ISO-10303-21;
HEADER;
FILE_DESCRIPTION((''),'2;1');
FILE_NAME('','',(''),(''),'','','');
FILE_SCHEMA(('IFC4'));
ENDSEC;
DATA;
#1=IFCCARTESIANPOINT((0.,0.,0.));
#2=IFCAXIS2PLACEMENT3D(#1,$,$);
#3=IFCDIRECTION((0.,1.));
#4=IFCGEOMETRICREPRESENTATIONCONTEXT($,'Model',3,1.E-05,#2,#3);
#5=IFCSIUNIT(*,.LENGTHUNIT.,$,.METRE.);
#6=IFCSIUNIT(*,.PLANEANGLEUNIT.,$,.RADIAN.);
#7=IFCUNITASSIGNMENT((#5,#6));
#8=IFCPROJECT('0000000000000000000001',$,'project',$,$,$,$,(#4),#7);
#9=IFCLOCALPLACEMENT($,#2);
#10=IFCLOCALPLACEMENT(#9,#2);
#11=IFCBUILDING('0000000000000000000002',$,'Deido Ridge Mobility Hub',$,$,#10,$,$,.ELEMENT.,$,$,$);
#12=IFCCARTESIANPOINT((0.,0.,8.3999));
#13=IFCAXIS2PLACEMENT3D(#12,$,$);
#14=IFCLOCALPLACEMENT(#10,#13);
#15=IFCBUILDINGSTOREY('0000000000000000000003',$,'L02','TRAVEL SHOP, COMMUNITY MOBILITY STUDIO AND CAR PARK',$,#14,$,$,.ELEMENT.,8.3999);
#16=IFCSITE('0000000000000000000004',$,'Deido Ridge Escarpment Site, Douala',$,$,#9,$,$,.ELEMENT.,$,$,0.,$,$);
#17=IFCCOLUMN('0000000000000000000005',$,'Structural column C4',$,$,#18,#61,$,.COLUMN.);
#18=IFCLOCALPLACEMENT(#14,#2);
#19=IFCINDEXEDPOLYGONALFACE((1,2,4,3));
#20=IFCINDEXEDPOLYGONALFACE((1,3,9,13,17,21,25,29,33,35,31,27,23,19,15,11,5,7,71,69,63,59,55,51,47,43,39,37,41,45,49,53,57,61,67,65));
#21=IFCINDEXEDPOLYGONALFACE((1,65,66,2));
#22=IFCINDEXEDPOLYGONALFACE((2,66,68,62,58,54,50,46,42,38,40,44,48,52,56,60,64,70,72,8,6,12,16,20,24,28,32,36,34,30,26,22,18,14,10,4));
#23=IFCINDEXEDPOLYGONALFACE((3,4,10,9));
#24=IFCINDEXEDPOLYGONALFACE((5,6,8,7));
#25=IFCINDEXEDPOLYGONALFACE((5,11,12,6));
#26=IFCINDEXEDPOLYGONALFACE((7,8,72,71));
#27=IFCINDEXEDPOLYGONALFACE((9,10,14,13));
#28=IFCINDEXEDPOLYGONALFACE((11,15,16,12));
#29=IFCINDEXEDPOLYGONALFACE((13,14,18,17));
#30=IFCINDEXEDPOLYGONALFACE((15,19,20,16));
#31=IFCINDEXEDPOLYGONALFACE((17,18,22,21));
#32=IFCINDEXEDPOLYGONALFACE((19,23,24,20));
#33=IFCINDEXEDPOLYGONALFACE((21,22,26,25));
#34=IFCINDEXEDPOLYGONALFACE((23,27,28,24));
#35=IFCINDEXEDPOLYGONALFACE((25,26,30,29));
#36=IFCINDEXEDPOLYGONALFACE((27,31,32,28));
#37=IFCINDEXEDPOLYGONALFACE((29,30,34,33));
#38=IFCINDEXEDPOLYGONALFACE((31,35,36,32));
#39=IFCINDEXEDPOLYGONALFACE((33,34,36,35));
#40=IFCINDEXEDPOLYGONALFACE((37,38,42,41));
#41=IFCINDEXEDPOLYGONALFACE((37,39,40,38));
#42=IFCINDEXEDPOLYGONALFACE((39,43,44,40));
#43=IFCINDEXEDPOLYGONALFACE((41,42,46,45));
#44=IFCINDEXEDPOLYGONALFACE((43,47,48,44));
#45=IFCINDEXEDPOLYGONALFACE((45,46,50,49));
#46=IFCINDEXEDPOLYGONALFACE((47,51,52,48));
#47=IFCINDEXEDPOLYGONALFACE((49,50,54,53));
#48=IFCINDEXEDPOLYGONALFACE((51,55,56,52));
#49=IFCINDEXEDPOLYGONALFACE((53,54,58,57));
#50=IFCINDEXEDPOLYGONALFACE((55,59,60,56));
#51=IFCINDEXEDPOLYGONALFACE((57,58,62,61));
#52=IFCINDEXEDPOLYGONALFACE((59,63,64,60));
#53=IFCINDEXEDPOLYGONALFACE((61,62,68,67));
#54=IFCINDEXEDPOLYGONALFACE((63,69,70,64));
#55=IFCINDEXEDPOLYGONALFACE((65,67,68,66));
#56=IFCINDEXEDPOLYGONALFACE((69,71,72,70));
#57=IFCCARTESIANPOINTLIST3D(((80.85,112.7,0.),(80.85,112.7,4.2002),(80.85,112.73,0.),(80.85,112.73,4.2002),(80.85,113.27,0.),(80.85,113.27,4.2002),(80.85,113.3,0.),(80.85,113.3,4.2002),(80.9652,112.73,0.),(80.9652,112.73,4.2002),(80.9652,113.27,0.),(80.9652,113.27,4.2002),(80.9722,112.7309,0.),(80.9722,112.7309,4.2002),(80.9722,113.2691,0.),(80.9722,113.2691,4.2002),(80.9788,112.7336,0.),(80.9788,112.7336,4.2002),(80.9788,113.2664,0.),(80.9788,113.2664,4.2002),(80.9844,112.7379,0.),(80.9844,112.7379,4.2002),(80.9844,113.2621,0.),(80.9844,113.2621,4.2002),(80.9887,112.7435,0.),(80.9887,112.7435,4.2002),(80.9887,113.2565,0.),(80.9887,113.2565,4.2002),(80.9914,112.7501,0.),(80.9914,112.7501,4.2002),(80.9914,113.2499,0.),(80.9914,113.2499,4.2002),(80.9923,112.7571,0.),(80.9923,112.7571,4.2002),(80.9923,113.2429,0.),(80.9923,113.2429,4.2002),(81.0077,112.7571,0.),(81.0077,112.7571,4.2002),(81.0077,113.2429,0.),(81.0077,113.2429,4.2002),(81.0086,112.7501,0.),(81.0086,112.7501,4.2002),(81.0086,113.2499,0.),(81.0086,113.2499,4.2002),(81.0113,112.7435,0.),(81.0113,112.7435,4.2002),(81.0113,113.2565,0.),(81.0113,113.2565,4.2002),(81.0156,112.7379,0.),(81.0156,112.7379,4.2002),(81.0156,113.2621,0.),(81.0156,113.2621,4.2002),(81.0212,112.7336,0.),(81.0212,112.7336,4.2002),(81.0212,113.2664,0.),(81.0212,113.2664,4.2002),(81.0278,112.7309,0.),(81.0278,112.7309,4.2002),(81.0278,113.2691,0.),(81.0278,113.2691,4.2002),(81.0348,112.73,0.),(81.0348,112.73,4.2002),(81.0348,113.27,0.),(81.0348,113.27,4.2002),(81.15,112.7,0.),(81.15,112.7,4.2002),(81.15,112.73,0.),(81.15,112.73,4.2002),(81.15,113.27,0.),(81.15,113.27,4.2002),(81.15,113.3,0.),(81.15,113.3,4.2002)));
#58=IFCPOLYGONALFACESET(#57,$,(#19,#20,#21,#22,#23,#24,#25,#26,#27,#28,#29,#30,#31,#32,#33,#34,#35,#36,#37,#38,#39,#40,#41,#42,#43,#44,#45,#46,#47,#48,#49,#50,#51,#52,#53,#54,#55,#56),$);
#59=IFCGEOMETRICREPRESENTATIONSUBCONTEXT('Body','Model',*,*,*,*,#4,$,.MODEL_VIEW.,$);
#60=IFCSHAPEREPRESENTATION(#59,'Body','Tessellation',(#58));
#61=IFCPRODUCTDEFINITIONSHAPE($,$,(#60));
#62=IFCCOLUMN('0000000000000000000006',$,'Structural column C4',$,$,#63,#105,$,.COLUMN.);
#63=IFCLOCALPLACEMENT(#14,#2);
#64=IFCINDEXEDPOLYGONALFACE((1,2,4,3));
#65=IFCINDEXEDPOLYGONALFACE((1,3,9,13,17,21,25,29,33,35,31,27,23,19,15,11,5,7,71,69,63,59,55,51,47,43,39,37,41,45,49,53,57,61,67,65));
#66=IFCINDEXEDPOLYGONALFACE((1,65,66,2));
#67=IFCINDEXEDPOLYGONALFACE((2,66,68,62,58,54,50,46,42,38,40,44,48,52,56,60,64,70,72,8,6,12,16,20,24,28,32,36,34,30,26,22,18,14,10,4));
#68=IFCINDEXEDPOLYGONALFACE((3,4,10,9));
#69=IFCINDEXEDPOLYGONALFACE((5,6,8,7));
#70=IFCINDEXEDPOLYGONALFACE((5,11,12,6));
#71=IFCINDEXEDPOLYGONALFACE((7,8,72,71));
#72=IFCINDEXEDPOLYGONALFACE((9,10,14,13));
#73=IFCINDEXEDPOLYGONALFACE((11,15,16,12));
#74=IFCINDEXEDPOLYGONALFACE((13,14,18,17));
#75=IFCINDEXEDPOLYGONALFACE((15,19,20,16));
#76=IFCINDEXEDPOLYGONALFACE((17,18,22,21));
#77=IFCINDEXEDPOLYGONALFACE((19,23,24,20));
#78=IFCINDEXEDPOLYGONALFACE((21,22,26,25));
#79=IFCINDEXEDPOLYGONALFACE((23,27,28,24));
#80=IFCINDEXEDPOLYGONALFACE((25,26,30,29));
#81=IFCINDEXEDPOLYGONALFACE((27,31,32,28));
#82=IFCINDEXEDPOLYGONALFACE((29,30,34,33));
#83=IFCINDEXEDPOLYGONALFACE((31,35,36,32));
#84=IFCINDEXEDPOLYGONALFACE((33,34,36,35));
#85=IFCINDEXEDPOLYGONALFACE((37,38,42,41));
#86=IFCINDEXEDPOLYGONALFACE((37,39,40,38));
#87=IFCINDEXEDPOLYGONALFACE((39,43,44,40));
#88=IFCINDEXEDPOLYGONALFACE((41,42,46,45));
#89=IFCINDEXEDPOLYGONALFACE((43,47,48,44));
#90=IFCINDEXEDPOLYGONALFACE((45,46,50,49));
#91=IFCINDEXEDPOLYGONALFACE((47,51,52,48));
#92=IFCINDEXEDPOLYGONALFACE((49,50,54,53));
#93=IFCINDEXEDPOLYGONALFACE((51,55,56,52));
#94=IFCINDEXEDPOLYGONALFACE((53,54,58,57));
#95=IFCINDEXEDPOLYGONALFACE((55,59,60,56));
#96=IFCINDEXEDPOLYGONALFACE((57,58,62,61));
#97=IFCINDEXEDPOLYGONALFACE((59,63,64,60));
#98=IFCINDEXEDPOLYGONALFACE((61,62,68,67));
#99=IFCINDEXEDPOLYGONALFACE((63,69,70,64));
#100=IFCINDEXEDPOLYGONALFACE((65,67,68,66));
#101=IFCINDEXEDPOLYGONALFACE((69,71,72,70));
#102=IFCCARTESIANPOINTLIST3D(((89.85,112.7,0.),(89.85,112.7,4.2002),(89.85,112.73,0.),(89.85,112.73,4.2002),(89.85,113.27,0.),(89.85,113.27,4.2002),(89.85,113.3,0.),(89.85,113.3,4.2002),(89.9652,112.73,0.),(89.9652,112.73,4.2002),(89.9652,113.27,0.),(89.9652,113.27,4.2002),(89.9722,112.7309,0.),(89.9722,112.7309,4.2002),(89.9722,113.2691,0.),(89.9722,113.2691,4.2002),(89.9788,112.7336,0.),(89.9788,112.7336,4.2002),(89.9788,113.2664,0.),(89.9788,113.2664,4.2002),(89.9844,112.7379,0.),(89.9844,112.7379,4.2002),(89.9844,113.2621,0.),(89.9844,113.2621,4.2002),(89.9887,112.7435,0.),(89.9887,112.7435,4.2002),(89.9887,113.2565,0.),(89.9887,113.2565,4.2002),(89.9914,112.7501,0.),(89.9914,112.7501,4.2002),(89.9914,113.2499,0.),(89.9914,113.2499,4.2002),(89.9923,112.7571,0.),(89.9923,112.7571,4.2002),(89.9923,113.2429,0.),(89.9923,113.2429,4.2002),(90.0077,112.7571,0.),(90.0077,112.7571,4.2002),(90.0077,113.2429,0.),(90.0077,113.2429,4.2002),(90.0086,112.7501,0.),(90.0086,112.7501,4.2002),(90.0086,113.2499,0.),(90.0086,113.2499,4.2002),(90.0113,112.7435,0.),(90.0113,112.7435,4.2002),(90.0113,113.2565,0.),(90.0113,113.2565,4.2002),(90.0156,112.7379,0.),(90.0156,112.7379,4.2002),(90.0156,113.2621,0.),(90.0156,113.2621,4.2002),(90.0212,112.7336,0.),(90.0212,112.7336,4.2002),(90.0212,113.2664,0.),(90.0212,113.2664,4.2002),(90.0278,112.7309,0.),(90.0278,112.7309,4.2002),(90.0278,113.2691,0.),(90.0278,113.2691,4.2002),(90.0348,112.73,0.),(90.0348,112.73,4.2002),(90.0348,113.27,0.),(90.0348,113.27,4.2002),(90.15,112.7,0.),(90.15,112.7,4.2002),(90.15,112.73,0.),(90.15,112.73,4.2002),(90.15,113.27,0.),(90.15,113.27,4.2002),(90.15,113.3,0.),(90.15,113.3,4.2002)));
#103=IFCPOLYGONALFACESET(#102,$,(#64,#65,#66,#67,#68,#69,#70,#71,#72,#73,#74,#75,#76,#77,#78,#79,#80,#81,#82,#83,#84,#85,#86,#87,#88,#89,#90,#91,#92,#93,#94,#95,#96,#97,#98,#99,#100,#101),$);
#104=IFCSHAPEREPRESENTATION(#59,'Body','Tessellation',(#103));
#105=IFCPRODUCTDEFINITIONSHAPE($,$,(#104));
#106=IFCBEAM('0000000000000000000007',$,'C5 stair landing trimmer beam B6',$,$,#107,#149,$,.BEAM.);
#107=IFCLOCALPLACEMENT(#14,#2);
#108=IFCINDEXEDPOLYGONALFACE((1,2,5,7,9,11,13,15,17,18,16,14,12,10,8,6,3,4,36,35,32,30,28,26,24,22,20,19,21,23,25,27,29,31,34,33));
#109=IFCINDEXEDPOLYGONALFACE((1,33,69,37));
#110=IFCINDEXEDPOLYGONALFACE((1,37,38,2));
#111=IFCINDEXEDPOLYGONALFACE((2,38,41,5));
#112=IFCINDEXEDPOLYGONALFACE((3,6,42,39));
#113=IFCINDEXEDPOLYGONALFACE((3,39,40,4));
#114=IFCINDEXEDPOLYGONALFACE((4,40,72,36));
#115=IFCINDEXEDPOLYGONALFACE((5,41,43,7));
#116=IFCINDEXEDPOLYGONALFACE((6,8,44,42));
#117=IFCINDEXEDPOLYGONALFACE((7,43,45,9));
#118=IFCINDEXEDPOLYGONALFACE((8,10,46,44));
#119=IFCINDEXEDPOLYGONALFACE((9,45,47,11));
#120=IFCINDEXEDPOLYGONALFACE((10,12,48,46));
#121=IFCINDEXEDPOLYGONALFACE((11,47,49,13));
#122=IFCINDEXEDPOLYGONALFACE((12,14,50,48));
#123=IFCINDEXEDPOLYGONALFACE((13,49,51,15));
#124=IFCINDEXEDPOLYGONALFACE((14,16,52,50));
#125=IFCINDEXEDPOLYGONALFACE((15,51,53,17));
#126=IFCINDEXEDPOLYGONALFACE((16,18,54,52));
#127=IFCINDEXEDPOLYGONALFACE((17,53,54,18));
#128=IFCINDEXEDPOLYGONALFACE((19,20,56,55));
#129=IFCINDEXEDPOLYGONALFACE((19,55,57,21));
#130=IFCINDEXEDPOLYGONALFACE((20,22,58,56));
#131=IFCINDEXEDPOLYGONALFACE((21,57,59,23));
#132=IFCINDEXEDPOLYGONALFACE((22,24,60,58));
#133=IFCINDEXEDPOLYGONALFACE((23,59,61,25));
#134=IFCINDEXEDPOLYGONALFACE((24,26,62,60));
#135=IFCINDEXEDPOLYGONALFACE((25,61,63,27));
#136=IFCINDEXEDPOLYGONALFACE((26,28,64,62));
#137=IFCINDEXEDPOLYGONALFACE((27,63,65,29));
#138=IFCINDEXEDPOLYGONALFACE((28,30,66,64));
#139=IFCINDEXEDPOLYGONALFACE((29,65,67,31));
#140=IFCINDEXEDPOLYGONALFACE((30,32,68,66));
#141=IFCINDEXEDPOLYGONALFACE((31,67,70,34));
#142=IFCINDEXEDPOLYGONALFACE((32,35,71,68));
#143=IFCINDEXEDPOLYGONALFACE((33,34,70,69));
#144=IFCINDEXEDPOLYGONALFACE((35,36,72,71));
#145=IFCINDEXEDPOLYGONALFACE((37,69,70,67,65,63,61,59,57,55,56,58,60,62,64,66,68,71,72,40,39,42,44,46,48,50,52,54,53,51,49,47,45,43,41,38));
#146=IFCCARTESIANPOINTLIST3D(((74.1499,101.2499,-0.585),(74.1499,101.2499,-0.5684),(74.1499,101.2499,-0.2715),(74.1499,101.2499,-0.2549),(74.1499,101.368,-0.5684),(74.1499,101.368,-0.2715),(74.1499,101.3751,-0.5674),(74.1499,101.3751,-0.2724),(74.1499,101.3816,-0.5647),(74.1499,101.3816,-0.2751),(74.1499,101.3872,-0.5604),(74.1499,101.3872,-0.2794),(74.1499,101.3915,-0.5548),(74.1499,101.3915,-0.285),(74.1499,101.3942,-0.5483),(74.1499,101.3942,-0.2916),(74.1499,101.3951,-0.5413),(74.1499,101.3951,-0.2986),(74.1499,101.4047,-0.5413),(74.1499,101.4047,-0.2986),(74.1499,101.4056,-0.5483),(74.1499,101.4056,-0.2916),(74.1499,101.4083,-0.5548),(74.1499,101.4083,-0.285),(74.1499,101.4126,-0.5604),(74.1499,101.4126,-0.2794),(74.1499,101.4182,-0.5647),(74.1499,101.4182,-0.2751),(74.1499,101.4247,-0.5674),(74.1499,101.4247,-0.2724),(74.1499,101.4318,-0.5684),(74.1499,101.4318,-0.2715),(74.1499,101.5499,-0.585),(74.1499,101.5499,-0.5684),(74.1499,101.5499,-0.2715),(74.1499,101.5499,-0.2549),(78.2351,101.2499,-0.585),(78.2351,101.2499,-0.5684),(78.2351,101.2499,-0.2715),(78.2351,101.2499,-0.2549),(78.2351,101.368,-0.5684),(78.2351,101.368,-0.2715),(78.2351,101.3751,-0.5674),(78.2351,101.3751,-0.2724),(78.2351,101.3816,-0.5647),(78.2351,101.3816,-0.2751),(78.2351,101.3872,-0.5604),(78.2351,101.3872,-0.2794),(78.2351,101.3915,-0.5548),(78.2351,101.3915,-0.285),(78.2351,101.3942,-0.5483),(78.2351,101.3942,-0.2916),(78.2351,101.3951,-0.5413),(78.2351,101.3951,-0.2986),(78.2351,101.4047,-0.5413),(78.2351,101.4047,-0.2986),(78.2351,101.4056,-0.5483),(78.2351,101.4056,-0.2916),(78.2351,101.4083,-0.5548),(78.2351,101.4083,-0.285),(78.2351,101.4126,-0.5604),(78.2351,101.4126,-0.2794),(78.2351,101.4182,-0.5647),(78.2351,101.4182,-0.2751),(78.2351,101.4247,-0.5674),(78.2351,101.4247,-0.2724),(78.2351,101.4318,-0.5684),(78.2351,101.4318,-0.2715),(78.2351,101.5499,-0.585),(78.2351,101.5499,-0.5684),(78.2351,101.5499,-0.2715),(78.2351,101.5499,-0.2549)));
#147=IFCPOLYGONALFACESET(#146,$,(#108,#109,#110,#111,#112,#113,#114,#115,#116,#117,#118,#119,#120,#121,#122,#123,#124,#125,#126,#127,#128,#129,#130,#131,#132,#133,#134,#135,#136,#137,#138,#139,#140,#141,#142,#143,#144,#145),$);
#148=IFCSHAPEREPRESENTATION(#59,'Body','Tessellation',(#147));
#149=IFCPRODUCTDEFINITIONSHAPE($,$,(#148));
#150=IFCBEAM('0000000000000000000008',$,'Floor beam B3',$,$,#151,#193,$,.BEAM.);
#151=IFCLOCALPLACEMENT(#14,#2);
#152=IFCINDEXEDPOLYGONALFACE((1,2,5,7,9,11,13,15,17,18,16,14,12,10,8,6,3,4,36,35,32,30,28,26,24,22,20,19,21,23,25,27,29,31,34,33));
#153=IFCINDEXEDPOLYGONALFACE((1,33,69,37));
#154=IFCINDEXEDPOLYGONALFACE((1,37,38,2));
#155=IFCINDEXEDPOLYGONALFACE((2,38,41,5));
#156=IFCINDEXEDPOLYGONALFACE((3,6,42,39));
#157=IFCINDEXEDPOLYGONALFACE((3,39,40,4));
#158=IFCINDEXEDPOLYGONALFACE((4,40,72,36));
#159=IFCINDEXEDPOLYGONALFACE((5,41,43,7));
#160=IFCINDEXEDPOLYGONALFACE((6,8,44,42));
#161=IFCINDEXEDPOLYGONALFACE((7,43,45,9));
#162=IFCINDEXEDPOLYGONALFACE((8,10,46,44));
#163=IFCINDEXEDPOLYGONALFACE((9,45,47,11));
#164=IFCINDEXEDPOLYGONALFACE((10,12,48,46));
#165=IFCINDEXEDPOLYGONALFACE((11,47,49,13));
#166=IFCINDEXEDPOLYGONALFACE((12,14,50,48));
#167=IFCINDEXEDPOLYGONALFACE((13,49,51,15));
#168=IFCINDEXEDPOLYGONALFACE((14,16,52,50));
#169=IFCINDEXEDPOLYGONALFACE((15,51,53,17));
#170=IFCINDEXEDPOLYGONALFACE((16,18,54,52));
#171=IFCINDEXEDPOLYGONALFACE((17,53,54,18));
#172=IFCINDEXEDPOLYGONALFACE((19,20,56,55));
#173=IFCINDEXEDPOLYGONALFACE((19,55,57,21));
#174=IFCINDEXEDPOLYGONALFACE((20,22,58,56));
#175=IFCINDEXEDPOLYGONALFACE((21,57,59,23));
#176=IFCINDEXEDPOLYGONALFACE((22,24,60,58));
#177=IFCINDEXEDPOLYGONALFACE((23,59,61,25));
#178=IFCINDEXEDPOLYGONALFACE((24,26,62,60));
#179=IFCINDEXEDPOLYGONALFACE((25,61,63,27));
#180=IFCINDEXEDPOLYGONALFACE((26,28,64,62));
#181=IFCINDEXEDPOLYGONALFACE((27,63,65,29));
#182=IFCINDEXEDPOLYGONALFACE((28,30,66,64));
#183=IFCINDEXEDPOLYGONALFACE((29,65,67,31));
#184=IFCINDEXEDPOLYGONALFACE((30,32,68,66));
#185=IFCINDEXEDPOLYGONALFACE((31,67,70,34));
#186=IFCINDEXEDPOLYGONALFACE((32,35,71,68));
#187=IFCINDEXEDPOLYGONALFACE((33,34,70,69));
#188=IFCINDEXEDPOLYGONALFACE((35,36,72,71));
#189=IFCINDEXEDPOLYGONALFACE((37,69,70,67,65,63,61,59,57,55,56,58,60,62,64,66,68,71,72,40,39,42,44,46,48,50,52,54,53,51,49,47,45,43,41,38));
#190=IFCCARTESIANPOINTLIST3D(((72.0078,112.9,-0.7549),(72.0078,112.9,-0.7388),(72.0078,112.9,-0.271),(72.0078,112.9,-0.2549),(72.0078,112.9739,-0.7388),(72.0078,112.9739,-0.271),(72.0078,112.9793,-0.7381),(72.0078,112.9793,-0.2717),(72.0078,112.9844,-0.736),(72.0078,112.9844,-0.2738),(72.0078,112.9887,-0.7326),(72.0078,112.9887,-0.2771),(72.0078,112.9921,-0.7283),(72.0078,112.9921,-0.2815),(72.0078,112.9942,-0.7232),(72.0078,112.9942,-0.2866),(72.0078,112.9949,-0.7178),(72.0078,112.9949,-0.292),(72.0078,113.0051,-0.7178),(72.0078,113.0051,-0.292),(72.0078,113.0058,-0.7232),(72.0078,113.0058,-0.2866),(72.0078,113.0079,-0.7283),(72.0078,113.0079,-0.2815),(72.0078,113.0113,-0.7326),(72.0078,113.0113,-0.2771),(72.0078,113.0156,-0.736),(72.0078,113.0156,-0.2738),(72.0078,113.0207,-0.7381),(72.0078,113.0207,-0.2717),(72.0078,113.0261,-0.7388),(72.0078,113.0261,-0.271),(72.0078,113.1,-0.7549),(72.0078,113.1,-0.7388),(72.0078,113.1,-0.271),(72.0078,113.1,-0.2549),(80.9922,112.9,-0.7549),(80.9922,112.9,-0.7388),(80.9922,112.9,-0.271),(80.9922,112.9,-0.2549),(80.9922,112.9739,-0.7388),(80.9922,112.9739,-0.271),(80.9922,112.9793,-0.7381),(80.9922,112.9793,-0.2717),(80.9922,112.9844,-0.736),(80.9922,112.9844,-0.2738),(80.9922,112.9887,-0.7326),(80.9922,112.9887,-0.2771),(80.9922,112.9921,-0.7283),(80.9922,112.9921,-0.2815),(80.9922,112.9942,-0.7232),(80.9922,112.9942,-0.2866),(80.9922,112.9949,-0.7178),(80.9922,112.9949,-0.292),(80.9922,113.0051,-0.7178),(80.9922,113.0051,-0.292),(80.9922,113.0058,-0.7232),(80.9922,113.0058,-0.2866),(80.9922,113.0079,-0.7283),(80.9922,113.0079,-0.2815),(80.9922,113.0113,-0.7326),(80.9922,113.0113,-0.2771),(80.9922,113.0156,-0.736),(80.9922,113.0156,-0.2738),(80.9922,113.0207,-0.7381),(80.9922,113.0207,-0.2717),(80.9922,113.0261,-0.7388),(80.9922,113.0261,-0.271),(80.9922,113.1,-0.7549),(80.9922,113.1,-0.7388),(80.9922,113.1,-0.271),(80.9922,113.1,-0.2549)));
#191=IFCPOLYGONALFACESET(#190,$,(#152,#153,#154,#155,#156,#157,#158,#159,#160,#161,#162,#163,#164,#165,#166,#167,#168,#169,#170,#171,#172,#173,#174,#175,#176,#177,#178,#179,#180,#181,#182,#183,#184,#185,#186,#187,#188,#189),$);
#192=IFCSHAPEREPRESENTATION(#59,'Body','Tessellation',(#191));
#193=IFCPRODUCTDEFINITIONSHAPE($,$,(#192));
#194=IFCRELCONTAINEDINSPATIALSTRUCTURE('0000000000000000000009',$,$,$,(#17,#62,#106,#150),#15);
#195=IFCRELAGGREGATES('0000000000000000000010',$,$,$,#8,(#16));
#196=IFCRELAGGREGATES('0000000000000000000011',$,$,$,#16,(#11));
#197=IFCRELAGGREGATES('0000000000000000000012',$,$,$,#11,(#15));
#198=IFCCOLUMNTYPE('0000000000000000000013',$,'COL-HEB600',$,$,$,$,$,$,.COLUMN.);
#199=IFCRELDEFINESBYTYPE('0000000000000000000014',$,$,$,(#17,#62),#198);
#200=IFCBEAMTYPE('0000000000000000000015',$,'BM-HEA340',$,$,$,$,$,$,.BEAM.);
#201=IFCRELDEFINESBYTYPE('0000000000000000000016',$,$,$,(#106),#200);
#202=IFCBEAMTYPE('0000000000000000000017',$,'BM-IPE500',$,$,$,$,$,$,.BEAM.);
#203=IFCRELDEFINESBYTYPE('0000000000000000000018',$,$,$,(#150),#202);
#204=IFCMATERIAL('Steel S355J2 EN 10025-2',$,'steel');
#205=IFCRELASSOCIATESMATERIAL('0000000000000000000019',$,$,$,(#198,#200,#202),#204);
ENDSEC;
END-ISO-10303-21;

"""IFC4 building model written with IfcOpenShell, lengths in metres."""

from ifc_helpers import new_model, si_unit, direction, frame, origin, origin_2d, place, context, subcontext, project, spatial, i_section, extrude, material, material_profile, profile_set, type_object, element, save


model = new_model("IFC4")

# Units and contexts
model_context = context("Model", 3, precision=1e-05, world=origin(), true_north=direction((0.0, 1.0)))
body_context = subcontext(model_context, "Body", "Model", "MODEL_VIEW")
ifc_project = project(units=[si_unit("LENGTHUNIT", "METRE"), si_unit("PLANEANGLEUNIT", "RADIAN")], contexts=[model_context])

# Site, building, storey
site_placement = place(None, origin())
site = spatial("IfcSite", under=ifc_project, at=site_placement, Name="Deido Ridge Escarpment Site, Douala", CompositionType="ELEMENT", RefElevation=0.0)
building_placement = place(site_placement, origin())
building = spatial("IfcBuilding", under=site, at=building_placement, Name="Deido Ridge Mobility Hub", CompositionType="ELEMENT")
storey_placement = place(building_placement, frame((0.0, 0.0, 8.3999)))
storey = spatial("IfcBuildingStorey", under=building, at=storey_placement, Name="L02", Description="TRAVEL SHOP, COMMUNITY MOBILITY STUDIO AND CAR PARK", CompositionType="ELEMENT", Elevation=8.3999)

# Columns
ifc_material_1 = material(Name="Steel S355J2 EN 10025-2", Category="steel")
ifc_material_profile_1 = material_profile(ifc_material_1, i_section(OverallWidth=0.3, OverallDepth=0.6001, WebThickness=0.0154, FlangeThickness=0.03, FilletRadius=0.0271, at=origin_2d()), Name="HEB 600")
ifc_profile_set_1 = profile_set([ifc_material_profile_1], Name="Steel S355J2 EN 10025-2")
column_type = type_object("IfcColumnType", Name="COL-HEB600", PredefinedType="COLUMN", material=ifc_profile_set_1)
for number, where, z_axis, x_axis, name in (
    (1, (81.0, 113.0, 0.0), (0.0, 0.0, 1.0), (1.0, 0.0, 0.0), "Structural column C4"),
    (2, (90.0, 113.0, 0.0), (0.0, 0.0, 1.0), (1.0, 0.0, 0.0), "Structural column C4"),
):
    element("IfcColumn", number, at=place(storey_placement, frame(where, z_axis=z_axis, x_axis=x_axis)), inside=storey, type_object=column_type, Name=name, PredefinedType="COLUMN", context=body_context, shape_type="SweptSolid", body=[
        extrude(i_section(OverallWidth=0.3, OverallDepth=0.6001, WebThickness=0.0154, FlangeThickness=0.03, FilletRadius=0.0271, at=origin_2d()), origin(), (0.0, 0.0, 1.0), 4.2002),
    ])

# Beams
ifc_material_profile_2 = material_profile(ifc_material_1, i_section(OverallWidth=0.3, OverallDepth=0.3301, WebThickness=0.0095, FlangeThickness=0.0166, FilletRadius=0.0271, at=origin_2d()), Name="HEA 340")
ifc_profile_set_2 = profile_set([ifc_material_profile_2], Name="Steel S355J2 EN 10025-2")
beam_type_1 = type_object("IfcBeamType", Name="BM-HEA340", PredefinedType="BEAM", material=ifc_profile_set_2)
beam_placement = place(storey_placement, frame((74.1499, 101.3999, -0.4199), z_axis=(1.0, 0.0, 0.0), x_axis=(0.0, 1.0, 0.0)))
element("IfcBeam", 3, at=beam_placement, inside=storey, type_object=beam_type_1, Name="C5 stair landing trimmer beam B6", PredefinedType="BEAM", context=body_context, shape_type="SweptSolid", body=[
    extrude(i_section(OverallWidth=0.3, OverallDepth=0.3301, WebThickness=0.0095, FlangeThickness=0.0166, FilletRadius=0.0271, at=origin_2d()), origin(), (0.0, 0.0, 1.0), 4.0852),
])
ifc_material_profile_3 = material_profile(ifc_material_1, i_section(OverallWidth=0.2, OverallDepth=0.5, WebThickness=0.0103, FlangeThickness=0.0161, FilletRadius=0.021, at=origin_2d()), Name="IPE 500")
ifc_profile_set_3 = profile_set([ifc_material_profile_3], Name="Steel S355J2 EN 10025-2")
beam_type_2 = type_object("IfcBeamType", Name="BM-IPE500", PredefinedType="BEAM", material=ifc_profile_set_3)
for number, where, z_axis, x_axis, name in (
    (4, (72.0078, 113.0, -0.5049), (1.0, 0.0, 0.0), (0.0, 1.0, 0.0), "Floor beam B3"),
):
    element("IfcBeam", number, at=place(storey_placement, frame(where, z_axis=z_axis, x_axis=x_axis)), inside=storey, type_object=beam_type_2, Name=name, PredefinedType="BEAM", context=body_context, shape_type="SweptSolid", body=[
        extrude(i_section(OverallWidth=0.2, OverallDepth=0.5, WebThickness=0.0103, FlangeThickness=0.0161, FilletRadius=0.021, at=origin_2d()), origin(), (0.0, 0.0, 1.0), 8.9844),
    ])

save(model, "model.ifc")
